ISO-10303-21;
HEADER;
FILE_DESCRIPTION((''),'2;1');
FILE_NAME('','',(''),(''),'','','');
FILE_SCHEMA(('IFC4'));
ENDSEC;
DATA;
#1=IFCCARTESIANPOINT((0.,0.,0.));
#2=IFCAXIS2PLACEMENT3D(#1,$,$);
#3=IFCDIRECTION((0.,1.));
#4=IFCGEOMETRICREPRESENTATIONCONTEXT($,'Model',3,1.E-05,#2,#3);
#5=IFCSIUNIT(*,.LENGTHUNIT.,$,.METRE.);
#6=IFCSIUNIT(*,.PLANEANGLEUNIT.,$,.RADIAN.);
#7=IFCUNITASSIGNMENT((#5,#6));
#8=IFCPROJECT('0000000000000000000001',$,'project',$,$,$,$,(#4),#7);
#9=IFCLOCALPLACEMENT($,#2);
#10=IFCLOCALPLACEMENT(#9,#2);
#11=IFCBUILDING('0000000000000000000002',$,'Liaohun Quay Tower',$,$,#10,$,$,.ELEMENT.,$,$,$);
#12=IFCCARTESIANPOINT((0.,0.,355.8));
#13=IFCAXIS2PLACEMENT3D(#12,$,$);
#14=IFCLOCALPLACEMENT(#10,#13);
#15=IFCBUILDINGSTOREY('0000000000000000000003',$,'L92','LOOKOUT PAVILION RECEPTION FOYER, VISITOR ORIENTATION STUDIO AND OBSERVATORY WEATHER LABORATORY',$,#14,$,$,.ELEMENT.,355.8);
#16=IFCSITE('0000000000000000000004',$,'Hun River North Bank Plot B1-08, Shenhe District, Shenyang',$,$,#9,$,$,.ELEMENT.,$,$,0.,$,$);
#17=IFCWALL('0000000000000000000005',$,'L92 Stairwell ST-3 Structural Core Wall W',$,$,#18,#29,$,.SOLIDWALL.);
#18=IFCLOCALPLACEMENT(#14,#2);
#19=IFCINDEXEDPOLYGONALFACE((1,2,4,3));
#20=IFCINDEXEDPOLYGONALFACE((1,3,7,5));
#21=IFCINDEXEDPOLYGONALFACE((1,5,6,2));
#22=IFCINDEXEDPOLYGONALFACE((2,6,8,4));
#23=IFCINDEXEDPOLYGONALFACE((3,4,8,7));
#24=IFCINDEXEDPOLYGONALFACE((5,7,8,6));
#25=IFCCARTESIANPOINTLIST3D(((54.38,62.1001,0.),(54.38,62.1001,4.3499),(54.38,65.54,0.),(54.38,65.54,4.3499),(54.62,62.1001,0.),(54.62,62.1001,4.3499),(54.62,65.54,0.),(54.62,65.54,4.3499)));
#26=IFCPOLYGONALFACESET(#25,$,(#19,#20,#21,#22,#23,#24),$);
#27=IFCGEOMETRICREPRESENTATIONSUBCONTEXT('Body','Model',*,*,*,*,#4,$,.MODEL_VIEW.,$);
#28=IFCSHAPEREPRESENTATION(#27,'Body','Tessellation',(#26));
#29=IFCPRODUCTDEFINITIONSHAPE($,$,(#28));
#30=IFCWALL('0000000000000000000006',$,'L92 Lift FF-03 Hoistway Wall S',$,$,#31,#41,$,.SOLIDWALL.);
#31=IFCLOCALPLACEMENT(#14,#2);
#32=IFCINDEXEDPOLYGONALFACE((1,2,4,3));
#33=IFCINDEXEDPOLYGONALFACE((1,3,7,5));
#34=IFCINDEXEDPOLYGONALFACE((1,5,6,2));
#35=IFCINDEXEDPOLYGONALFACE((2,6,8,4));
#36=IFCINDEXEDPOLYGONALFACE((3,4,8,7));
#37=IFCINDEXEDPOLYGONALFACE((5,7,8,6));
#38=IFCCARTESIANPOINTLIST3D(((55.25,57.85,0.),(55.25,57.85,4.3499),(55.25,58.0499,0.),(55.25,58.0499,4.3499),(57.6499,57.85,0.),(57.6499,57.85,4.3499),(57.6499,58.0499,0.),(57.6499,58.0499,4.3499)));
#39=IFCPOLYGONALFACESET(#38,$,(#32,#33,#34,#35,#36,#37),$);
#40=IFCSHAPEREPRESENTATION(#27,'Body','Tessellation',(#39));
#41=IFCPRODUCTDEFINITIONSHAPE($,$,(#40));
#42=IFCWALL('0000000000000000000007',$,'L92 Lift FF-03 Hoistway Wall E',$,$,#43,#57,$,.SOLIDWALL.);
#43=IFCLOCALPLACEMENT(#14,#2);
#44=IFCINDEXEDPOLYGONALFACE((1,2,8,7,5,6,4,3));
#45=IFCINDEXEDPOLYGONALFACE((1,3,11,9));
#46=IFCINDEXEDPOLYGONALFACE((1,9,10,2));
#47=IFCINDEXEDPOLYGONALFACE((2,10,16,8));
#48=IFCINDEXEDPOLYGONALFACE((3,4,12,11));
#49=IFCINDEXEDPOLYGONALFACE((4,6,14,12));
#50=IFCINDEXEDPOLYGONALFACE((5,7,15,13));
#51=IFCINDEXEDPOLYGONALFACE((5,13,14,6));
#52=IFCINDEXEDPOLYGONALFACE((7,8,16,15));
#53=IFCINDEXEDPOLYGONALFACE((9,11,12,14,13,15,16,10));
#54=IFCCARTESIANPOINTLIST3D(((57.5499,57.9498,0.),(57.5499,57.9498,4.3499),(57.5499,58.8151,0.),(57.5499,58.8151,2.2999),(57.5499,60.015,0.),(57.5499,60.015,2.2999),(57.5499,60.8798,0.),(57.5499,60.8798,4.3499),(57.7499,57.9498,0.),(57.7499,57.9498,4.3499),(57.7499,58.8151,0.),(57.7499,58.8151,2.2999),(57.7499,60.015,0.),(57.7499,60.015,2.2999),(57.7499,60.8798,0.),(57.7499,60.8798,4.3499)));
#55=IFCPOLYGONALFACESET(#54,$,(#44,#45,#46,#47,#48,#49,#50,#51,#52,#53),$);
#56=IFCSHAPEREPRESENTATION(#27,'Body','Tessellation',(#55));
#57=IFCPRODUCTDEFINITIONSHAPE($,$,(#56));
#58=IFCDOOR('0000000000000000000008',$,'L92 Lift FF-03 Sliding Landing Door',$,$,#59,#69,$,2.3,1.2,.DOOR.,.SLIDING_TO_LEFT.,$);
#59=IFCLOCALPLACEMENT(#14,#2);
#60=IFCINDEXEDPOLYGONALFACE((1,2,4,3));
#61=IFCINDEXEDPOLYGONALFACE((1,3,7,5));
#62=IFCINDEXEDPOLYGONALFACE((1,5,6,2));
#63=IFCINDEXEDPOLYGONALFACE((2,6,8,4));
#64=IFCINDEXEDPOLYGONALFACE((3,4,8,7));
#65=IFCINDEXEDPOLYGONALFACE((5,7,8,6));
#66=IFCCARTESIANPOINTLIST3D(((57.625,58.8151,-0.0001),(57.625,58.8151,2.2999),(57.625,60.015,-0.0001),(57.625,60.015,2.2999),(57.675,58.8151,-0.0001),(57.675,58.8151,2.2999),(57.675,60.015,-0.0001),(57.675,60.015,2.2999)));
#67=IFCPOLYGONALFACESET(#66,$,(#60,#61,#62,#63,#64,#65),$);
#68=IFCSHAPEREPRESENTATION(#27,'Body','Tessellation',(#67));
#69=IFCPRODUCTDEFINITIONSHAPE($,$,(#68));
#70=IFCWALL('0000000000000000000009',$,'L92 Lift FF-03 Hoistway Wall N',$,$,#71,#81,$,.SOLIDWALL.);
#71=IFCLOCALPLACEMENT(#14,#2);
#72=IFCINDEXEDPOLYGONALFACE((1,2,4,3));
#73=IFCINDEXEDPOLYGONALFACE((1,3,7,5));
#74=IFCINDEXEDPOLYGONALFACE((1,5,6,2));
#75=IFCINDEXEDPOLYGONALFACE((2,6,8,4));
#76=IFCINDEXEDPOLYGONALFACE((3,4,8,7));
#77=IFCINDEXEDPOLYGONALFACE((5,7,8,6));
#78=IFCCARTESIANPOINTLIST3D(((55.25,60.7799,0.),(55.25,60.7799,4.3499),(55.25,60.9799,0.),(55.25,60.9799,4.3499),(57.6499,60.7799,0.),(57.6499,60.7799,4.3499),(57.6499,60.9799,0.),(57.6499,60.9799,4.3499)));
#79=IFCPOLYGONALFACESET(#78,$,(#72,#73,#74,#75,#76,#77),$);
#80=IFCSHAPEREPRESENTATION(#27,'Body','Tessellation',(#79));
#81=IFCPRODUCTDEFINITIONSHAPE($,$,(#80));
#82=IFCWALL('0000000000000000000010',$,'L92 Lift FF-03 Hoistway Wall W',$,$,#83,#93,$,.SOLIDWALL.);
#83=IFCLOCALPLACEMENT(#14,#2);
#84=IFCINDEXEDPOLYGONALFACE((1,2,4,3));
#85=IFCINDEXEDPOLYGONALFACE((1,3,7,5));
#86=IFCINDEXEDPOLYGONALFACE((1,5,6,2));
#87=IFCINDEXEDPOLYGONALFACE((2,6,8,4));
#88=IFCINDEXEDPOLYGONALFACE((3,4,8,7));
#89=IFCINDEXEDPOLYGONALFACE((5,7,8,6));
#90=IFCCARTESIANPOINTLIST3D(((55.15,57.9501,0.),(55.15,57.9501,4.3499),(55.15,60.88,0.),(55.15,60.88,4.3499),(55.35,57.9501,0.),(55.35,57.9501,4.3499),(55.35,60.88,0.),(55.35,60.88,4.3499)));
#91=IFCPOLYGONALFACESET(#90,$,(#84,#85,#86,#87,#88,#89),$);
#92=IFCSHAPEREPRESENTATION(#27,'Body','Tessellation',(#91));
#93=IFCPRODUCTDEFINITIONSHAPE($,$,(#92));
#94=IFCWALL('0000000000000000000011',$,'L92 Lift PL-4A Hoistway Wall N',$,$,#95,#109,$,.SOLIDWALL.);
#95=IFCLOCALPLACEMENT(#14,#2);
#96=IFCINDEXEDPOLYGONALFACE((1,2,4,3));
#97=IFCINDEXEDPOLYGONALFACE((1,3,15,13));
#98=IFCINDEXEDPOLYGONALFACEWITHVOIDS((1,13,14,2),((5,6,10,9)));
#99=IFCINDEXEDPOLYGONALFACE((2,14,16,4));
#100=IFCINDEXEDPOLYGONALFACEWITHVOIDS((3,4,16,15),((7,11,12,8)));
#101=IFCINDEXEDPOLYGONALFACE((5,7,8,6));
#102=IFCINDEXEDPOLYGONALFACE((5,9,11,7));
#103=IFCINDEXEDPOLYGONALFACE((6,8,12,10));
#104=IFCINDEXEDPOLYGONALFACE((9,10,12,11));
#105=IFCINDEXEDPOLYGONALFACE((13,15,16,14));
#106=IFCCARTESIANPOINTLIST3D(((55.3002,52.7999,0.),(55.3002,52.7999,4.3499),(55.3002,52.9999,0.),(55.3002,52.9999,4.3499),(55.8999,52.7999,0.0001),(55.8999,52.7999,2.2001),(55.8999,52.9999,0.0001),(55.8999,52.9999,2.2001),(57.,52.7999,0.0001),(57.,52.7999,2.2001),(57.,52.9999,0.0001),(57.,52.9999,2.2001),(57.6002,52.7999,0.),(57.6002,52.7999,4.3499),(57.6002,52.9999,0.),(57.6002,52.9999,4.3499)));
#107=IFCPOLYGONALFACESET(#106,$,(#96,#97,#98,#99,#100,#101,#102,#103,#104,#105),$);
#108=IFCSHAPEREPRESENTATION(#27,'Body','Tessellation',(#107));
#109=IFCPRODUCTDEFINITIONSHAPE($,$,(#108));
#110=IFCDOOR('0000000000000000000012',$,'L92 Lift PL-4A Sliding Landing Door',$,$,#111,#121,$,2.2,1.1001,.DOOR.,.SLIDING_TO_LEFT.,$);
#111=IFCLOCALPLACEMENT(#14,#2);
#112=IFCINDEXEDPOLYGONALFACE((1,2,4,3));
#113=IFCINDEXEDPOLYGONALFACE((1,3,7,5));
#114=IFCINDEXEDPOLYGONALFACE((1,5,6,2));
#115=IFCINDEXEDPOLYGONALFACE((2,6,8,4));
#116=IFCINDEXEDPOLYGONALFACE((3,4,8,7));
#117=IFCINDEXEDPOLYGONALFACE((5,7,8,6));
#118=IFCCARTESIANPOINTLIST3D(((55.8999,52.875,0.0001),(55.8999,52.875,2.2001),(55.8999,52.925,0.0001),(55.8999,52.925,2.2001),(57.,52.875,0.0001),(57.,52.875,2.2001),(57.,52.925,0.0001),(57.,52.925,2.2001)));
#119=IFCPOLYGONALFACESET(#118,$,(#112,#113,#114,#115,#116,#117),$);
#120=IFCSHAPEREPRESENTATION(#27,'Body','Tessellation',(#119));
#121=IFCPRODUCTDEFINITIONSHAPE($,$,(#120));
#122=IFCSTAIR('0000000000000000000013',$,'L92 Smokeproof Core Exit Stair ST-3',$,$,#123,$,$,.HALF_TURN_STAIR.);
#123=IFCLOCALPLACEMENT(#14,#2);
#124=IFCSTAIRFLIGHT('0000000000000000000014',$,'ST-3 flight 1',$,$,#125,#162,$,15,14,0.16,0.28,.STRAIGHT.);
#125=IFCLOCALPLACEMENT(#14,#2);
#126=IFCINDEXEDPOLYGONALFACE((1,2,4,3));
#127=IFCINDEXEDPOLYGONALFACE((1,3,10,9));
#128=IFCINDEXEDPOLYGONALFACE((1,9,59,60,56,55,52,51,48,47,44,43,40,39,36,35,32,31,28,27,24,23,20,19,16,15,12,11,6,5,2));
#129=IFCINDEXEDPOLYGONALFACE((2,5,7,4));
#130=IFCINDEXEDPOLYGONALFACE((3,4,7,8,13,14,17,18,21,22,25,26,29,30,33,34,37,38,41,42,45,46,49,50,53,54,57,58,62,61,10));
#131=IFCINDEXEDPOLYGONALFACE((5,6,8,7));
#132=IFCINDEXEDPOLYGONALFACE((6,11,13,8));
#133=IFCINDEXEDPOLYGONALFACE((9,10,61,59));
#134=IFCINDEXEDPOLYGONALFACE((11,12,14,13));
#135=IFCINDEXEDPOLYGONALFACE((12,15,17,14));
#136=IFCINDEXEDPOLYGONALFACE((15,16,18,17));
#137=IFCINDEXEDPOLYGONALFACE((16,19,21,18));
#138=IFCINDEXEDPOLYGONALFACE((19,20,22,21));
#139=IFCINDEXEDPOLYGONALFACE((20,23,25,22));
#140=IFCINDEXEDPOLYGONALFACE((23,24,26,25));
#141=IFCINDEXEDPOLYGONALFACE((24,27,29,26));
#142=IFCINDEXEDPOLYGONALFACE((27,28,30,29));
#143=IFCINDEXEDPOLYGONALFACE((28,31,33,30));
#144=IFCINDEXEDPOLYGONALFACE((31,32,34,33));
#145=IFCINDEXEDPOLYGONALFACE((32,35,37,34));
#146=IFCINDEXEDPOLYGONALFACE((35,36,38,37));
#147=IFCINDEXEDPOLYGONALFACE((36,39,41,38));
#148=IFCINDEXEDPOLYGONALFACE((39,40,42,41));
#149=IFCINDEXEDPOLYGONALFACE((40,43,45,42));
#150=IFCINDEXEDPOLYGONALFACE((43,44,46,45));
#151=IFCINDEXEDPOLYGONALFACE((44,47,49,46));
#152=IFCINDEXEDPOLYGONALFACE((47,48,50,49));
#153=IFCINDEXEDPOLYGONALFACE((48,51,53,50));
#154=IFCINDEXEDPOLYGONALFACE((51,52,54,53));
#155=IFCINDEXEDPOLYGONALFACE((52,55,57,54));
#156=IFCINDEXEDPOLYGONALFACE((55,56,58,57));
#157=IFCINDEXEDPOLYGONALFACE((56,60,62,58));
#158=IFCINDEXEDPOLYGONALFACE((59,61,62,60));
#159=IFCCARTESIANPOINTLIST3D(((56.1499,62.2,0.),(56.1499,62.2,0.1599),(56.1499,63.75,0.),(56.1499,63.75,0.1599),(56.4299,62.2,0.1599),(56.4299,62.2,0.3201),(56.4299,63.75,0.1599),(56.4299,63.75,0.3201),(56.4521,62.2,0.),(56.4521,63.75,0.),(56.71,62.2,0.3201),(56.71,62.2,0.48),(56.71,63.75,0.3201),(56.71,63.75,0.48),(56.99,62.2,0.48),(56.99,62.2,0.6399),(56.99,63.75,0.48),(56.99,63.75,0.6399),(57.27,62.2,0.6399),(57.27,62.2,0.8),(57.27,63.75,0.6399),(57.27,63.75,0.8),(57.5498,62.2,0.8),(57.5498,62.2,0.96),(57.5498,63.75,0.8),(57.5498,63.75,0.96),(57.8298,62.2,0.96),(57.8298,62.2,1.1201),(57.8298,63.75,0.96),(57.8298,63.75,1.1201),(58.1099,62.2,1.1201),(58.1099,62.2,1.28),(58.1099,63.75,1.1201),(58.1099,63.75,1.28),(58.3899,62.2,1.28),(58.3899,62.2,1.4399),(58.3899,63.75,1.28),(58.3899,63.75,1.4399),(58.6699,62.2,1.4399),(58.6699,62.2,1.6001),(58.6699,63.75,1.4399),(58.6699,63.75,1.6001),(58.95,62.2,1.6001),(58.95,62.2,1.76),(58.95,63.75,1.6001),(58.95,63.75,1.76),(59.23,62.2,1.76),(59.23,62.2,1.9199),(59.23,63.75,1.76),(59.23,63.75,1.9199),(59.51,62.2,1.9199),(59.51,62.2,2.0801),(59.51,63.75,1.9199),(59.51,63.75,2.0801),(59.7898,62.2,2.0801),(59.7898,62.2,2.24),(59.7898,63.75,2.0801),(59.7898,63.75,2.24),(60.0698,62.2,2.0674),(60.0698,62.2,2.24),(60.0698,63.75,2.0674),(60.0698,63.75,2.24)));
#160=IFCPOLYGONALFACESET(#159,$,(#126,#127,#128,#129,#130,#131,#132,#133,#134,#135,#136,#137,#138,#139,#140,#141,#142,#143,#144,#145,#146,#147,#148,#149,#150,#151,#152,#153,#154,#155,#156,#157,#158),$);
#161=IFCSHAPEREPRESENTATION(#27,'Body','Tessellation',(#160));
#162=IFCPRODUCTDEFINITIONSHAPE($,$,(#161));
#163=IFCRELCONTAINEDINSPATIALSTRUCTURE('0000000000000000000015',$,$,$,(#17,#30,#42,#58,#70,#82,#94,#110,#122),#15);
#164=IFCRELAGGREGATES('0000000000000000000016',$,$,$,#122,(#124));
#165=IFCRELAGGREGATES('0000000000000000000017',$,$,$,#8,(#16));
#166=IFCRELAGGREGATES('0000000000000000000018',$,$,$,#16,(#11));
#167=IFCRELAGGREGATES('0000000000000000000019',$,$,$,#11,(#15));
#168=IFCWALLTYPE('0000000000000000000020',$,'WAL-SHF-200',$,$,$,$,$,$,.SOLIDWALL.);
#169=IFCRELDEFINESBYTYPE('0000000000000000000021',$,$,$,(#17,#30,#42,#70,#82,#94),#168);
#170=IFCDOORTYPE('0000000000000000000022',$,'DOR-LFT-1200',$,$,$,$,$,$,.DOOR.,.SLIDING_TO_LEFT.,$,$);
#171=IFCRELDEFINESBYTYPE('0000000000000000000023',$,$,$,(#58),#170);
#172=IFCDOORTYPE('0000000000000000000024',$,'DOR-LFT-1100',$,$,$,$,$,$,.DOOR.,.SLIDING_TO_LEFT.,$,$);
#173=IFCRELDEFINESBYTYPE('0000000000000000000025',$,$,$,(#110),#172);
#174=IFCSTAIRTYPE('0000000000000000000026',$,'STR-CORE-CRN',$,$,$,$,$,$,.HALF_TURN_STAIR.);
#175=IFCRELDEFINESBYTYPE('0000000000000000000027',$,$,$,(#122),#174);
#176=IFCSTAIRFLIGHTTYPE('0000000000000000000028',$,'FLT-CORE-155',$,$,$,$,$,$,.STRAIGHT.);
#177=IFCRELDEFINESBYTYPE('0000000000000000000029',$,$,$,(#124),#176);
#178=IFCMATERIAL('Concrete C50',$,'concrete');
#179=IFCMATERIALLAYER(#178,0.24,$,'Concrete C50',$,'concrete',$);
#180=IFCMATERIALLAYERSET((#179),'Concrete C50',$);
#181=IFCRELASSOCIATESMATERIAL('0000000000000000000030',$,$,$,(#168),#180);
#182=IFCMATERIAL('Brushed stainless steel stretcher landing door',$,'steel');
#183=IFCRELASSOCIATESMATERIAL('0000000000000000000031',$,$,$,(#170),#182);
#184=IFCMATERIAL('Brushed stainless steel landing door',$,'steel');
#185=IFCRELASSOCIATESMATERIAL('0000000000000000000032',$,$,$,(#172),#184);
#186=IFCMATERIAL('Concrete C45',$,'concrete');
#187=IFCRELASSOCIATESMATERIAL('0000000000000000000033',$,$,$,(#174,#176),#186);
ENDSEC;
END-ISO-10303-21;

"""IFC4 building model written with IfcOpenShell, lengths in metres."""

from ifc_helpers import new_model, si_unit, direction, frame, frame_2d, origin, place, context, subcontext, project, spatial, polyline, rectangle, outline, extrude, source, transform, mapped, material, layer, layer_set, type_object, element, fill, aggregate, save


model = new_model("IFC4")

# Units and contexts
model_context = context("Model", 3, precision=1e-05, world=origin(), true_north=direction((0.0, 1.0)))
body_context = subcontext(model_context, "Body", "Model", "MODEL_VIEW")
ifc_project = project(units=[si_unit("LENGTHUNIT", "METRE"), si_unit("PLANEANGLEUNIT", "RADIAN")], contexts=[model_context])

# Site, building, storey
site_placement = place(None, origin())
site = spatial("IfcSite", under=ifc_project, at=site_placement, Name="Hun River North Bank Plot B1-08, Shenhe District, Shenyang", CompositionType="ELEMENT", RefElevation=0.0)
building_placement = place(site_placement, origin())
building = spatial("IfcBuilding", under=site, at=building_placement, Name="Liaohun Quay Tower", CompositionType="ELEMENT")
storey_placement = place(building_placement, frame((0.0, 0.0, 355.8)))
storey = spatial("IfcBuildingStorey", under=building, at=storey_placement, Name="L92", Description="LOOKOUT PAVILION RECEPTION FOYER, VISITOR ORIENTATION STUDIO AND OBSERVATORY WEATHER LABORATORY", CompositionType="ELEMENT", Elevation=355.8)

# Shared definitions
ifc_material_1 = material(Name="Concrete C50", Category="concrete")

# Walls
ifc_layer_1 = layer(ifc_material_1, 0.24, Name="Concrete C50", Category="concrete")
ifc_layer_set_1 = layer_set([ifc_layer_1], Name="Concrete C50")
wall_type_1 = type_object("IfcWallType", Name="WAL-SHF-200", PredefinedType="SOLIDWALL", material=ifc_layer_set_1)
wall_1_placement = place(storey_placement, frame((54.5, 65.54, 0.0), z_axis=(0.0, 0.0, 1.0), x_axis=(0.0, -1.0, 0.0)))
element("IfcWall", 1, at=wall_1_placement, inside=storey, type_object=wall_type_1, Name="L92 Stairwell ST-3 Structural Core Wall W", PredefinedType="SOLIDWALL", context=body_context, shape_type="SweptSolid", body=[
    extrude(rectangle(XDim=3.4399, YDim=0.24, at=frame_2d((1.72, 0.0))), origin(), (0.0, 0.0, 1.0), 4.3499),
])
wall_2_placement = place(storey_placement, frame((55.25, 57.95, 0.0), z_axis=(0.0, 0.0, 1.0), x_axis=(1.0, 0.0, 0.0)))
element("IfcWall", 2, at=wall_2_placement, inside=storey, type_object=wall_type_1, Name="L92 Lift FF-03 Hoistway Wall S", PredefinedType="SOLIDWALL", context=body_context, shape_type="SweptSolid", body=[
    extrude(rectangle(XDim=2.3999, YDim=0.2, at=frame_2d((1.2, 0.0))), origin(), (0.0, 0.0, 1.0), 4.3499),
])

# Wall, opening, door
wall_3_placement = place(storey_placement, frame((57.6499, 57.95, 0.0), z_axis=(0.0, 0.0, 1.0), x_axis=(0.0, 1.0, 0.0)))
wall_3 = element("IfcWall", 3, at=wall_3_placement, inside=storey, type_object=wall_type_1, Name="L92 Lift FF-03 Hoistway Wall E", PredefinedType="SOLIDWALL", context=body_context, shape_type="SweptSolid", body=[
    extrude(rectangle(XDim=2.9299, YDim=0.2, at=frame_2d((1.4648, 0.0))), origin(), (0.0, 0.0, 1.0), 4.3499),
])
shared_shape_1 = source(origin(), body_context, "Body", "SweptSolid", [
    extrude(rectangle(XDim=1.2, YDim=2.3, at=frame_2d((0.6001, 1.1499))), frame((0.0, 0.1099, 0.0), z_axis=(0.0, -1.0, 0.0), x_axis=(1.0, 0.0, 0.0)), (0.0, 0.0, 1.0), 0.22),
])
opening_1_placement = place(wall_3_placement, frame((0.865, 0.0, 0.0)))
opening_1 = element("IfcOpeningElement", 4, at=opening_1_placement, cuts=wall_3, PredefinedType="OPENING", context=body_context, shape_type="MappedRepresentation", body=[
    mapped(shared_shape_1, transform((0.0, 0.0, 0.0), x_axis=(1.0, 0.0, 0.0), y_axis=(0.0, 1.0, 0.0), z_axis=(0.0, 0.0, 1.0), scale=1.0)),
])
ifc_material_2 = material(Name="Brushed stainless steel stretcher landing door", Category="steel")
door_type_1 = type_object("IfcDoorType", Name="DOR-LFT-1200", OperationType="SLIDING_TO_LEFT", PredefinedType="DOOR", material=ifc_material_2)
shared_shape_2 = source(origin(), body_context, "Body", "SweptSolid", [
    extrude(rectangle(XDim=1.2, YDim=2.3, at=frame_2d((0.6001, 1.1499))), frame((0.0, 0.0249, 0.0), z_axis=(0.0, -1.0, 0.0), x_axis=(1.0, 0.0, 0.0)), (0.0, 0.0, 1.0), 0.05),
])
door_1_placement = place(opening_1_placement, origin())
door_1 = element("IfcDoor", 5, at=door_1_placement, inside=storey, type_object=door_type_1, Name="L92 Lift FF-03 Sliding Landing Door", OperationType="SLIDING_TO_LEFT", OverallHeight=2.3, OverallWidth=1.2, PredefinedType="DOOR", context=body_context, shape_type="MappedRepresentation", body=[
    mapped(shared_shape_2, transform((0.0, 0.0, 0.0), x_axis=(1.0, 0.0, 0.0), y_axis=(0.0, 1.0, 0.0), z_axis=(0.0, 0.0, 1.0), scale=1.0)),
])
fill(opening_1, door_1)

# Walls
wall_4_placement = place(storey_placement, frame((57.6499, 60.8799, 0.0), z_axis=(0.0, 0.0, 1.0), x_axis=(-1.0, 0.0, 0.0)))
element("IfcWall", 6, at=wall_4_placement, inside=storey, type_object=wall_type_1, Name="L92 Lift FF-03 Hoistway Wall N", PredefinedType="SOLIDWALL", context=body_context, shape_type="SweptSolid", body=[
    extrude(rectangle(XDim=2.3999, YDim=0.2, at=frame_2d((1.2, 0.0))), origin(), (0.0, 0.0, 1.0), 4.3499),
])
wall_5_placement = place(storey_placement, frame((55.25, 60.8799, 0.0), z_axis=(0.0, 0.0, 1.0), x_axis=(0.0, -1.0, 0.0)))
element("IfcWall", 7, at=wall_5_placement, inside=storey, type_object=wall_type_1, Name="L92 Lift FF-03 Hoistway Wall W", PredefinedType="SOLIDWALL", context=body_context, shape_type="SweptSolid", body=[
    extrude(rectangle(XDim=2.9299, YDim=0.2, at=frame_2d((1.4648, 0.0))), origin(), (0.0, 0.0, 1.0), 4.3499),
])

# Wall, opening, door
wall_6_placement = place(storey_placement, frame((57.6001, 52.8999, 0.0), z_axis=(0.0, 0.0, 1.0), x_axis=(-1.0, 0.0, 0.0)))
wall_6 = element("IfcWall", 8, at=wall_6_placement, inside=storey, type_object=wall_type_1, Name="L92 Lift PL-4A Hoistway Wall N", PredefinedType="SOLIDWALL", context=body_context, shape_type="SweptSolid", body=[
    extrude(rectangle(XDim=2.3, YDim=0.2, at=frame_2d((1.1499, 0.0))), origin(), (0.0, 0.0, 1.0), 4.3499),
])
shared_shape_3 = source(origin(), body_context, "Body", "SweptSolid", [
    extrude(rectangle(XDim=1.1001, YDim=2.2, at=frame_2d((0.55, 1.1001))), frame((0.0, 0.1099, 0.0), z_axis=(0.0, -1.0, 0.0), x_axis=(1.0, 0.0, 0.0)), (0.0, 0.0, 1.0), 0.22),
])
opening_2_placement = place(wall_6_placement, frame((0.6001, 0.0, 0.0)))
opening_2 = element("IfcOpeningElement", 9, at=opening_2_placement, cuts=wall_6, PredefinedType="OPENING", context=body_context, shape_type="MappedRepresentation", body=[
    mapped(shared_shape_3, transform((0.0, 0.0, 0.0), x_axis=(1.0, 0.0, 0.0), y_axis=(0.0, 1.0, 0.0), z_axis=(0.0, 0.0, 1.0), scale=1.0)),
])
ifc_material_3 = material(Name="Brushed stainless steel landing door", Category="steel")
door_type_2 = type_object("IfcDoorType", Name="DOR-LFT-1100", OperationType="SLIDING_TO_LEFT", PredefinedType="DOOR", material=ifc_material_3)
shared_shape_4 = source(origin(), body_context, "Body", "SweptSolid", [
    extrude(rectangle(XDim=1.1001, YDim=2.2, at=frame_2d((0.55, 1.1001))), frame((0.0, 0.0249, 0.0), z_axis=(0.0, -1.0, 0.0), x_axis=(1.0, 0.0, 0.0)), (0.0, 0.0, 1.0), 0.05),
])
door_2_placement = place(opening_2_placement, origin())
door_2 = element("IfcDoor", 10, at=door_2_placement, inside=storey, type_object=door_type_2, Name="L92 Lift PL-4A Sliding Landing Door", OperationType="SLIDING_TO_LEFT", OverallHeight=2.2, OverallWidth=1.1001, PredefinedType="DOOR", context=body_context, shape_type="MappedRepresentation", body=[
    mapped(shared_shape_4, transform((0.0, 0.0, 0.0), x_axis=(1.0, 0.0, 0.0), y_axis=(0.0, 1.0, 0.0), z_axis=(0.0, 0.0, 1.0), scale=1.0)),
])
fill(opening_2, door_2)

# Stair, stair flight
ifc_material_4 = material(Name="Concrete C45", Category="concrete")
stair_type = type_object("IfcStairType", Name="STR-CORE-CRN", PredefinedType="HALF_TURN_STAIR", material=ifc_material_4)
stair_placement = place(storey_placement, origin())
stair = element("IfcStair", 11, at=stair_placement, inside=storey, type_object=stair_type, Name="L92 Smokeproof Core Exit Stair ST-3", PredefinedType="HALF_TURN_STAIR")
stair_flight_type = type_object("IfcStairFlightType", Name="FLT-CORE-155", PredefinedType="STRAIGHT", material=ifc_material_4)
stair_flight_placement = place(storey_placement, frame((56.1499, 62.9751, 0.0), z_axis=(0.0, 0.0, 1.0), x_axis=(1.0, 0.0, 0.0)))
stair_flight = element("IfcStairFlight", 12, at=stair_flight_placement, type_object=stair_flight_type, Name="ST-3 flight 1", NumberOfRisers=15, NumberOfTreads=14, PredefinedType="STRAIGHT", RiserHeight=0.16, TreadLength=0.28, context=body_context, shape_type="SweptSolid", body=[
    extrude(outline(polyline([(0.0, 0.0), (0.0, 0.1599), (0.28, 0.1599), (0.28, 0.3201), (0.5601, 0.3201), (0.5601, 0.48), (0.8401, 0.48), (0.8401, 0.6399), (1.1201, 0.6399), (1.1201, 0.8), (1.3999, 0.8), (1.3999, 0.96), (1.6799, 0.96), (1.6799, 1.1201), (1.96, 1.1201), (1.96, 1.28), (2.24, 1.28), (2.24, 1.4399), (2.52, 1.4399), (2.52, 1.6001), (2.8, 1.6001), (2.8, 1.76), (3.0801, 1.76), (3.0801, 1.9199), (3.3601, 1.9199), (3.3601, 2.0801), (3.6399, 2.0801), (3.6399, 2.24), (3.9199, 2.24), (3.9199, 2.3999), (3.9199, 2.0674), (0.3022, 0.0), (0.0, 0.0)])), frame((0.0, 0.7749, 0.0), z_axis=(0.0, -1.0, 0.0), x_axis=(1.0, 0.0, 0.0)), (0.0, 0.0, 1.0), 1.55),
])
aggregate(stair, [stair_flight])

save(model, "model.ifc")
